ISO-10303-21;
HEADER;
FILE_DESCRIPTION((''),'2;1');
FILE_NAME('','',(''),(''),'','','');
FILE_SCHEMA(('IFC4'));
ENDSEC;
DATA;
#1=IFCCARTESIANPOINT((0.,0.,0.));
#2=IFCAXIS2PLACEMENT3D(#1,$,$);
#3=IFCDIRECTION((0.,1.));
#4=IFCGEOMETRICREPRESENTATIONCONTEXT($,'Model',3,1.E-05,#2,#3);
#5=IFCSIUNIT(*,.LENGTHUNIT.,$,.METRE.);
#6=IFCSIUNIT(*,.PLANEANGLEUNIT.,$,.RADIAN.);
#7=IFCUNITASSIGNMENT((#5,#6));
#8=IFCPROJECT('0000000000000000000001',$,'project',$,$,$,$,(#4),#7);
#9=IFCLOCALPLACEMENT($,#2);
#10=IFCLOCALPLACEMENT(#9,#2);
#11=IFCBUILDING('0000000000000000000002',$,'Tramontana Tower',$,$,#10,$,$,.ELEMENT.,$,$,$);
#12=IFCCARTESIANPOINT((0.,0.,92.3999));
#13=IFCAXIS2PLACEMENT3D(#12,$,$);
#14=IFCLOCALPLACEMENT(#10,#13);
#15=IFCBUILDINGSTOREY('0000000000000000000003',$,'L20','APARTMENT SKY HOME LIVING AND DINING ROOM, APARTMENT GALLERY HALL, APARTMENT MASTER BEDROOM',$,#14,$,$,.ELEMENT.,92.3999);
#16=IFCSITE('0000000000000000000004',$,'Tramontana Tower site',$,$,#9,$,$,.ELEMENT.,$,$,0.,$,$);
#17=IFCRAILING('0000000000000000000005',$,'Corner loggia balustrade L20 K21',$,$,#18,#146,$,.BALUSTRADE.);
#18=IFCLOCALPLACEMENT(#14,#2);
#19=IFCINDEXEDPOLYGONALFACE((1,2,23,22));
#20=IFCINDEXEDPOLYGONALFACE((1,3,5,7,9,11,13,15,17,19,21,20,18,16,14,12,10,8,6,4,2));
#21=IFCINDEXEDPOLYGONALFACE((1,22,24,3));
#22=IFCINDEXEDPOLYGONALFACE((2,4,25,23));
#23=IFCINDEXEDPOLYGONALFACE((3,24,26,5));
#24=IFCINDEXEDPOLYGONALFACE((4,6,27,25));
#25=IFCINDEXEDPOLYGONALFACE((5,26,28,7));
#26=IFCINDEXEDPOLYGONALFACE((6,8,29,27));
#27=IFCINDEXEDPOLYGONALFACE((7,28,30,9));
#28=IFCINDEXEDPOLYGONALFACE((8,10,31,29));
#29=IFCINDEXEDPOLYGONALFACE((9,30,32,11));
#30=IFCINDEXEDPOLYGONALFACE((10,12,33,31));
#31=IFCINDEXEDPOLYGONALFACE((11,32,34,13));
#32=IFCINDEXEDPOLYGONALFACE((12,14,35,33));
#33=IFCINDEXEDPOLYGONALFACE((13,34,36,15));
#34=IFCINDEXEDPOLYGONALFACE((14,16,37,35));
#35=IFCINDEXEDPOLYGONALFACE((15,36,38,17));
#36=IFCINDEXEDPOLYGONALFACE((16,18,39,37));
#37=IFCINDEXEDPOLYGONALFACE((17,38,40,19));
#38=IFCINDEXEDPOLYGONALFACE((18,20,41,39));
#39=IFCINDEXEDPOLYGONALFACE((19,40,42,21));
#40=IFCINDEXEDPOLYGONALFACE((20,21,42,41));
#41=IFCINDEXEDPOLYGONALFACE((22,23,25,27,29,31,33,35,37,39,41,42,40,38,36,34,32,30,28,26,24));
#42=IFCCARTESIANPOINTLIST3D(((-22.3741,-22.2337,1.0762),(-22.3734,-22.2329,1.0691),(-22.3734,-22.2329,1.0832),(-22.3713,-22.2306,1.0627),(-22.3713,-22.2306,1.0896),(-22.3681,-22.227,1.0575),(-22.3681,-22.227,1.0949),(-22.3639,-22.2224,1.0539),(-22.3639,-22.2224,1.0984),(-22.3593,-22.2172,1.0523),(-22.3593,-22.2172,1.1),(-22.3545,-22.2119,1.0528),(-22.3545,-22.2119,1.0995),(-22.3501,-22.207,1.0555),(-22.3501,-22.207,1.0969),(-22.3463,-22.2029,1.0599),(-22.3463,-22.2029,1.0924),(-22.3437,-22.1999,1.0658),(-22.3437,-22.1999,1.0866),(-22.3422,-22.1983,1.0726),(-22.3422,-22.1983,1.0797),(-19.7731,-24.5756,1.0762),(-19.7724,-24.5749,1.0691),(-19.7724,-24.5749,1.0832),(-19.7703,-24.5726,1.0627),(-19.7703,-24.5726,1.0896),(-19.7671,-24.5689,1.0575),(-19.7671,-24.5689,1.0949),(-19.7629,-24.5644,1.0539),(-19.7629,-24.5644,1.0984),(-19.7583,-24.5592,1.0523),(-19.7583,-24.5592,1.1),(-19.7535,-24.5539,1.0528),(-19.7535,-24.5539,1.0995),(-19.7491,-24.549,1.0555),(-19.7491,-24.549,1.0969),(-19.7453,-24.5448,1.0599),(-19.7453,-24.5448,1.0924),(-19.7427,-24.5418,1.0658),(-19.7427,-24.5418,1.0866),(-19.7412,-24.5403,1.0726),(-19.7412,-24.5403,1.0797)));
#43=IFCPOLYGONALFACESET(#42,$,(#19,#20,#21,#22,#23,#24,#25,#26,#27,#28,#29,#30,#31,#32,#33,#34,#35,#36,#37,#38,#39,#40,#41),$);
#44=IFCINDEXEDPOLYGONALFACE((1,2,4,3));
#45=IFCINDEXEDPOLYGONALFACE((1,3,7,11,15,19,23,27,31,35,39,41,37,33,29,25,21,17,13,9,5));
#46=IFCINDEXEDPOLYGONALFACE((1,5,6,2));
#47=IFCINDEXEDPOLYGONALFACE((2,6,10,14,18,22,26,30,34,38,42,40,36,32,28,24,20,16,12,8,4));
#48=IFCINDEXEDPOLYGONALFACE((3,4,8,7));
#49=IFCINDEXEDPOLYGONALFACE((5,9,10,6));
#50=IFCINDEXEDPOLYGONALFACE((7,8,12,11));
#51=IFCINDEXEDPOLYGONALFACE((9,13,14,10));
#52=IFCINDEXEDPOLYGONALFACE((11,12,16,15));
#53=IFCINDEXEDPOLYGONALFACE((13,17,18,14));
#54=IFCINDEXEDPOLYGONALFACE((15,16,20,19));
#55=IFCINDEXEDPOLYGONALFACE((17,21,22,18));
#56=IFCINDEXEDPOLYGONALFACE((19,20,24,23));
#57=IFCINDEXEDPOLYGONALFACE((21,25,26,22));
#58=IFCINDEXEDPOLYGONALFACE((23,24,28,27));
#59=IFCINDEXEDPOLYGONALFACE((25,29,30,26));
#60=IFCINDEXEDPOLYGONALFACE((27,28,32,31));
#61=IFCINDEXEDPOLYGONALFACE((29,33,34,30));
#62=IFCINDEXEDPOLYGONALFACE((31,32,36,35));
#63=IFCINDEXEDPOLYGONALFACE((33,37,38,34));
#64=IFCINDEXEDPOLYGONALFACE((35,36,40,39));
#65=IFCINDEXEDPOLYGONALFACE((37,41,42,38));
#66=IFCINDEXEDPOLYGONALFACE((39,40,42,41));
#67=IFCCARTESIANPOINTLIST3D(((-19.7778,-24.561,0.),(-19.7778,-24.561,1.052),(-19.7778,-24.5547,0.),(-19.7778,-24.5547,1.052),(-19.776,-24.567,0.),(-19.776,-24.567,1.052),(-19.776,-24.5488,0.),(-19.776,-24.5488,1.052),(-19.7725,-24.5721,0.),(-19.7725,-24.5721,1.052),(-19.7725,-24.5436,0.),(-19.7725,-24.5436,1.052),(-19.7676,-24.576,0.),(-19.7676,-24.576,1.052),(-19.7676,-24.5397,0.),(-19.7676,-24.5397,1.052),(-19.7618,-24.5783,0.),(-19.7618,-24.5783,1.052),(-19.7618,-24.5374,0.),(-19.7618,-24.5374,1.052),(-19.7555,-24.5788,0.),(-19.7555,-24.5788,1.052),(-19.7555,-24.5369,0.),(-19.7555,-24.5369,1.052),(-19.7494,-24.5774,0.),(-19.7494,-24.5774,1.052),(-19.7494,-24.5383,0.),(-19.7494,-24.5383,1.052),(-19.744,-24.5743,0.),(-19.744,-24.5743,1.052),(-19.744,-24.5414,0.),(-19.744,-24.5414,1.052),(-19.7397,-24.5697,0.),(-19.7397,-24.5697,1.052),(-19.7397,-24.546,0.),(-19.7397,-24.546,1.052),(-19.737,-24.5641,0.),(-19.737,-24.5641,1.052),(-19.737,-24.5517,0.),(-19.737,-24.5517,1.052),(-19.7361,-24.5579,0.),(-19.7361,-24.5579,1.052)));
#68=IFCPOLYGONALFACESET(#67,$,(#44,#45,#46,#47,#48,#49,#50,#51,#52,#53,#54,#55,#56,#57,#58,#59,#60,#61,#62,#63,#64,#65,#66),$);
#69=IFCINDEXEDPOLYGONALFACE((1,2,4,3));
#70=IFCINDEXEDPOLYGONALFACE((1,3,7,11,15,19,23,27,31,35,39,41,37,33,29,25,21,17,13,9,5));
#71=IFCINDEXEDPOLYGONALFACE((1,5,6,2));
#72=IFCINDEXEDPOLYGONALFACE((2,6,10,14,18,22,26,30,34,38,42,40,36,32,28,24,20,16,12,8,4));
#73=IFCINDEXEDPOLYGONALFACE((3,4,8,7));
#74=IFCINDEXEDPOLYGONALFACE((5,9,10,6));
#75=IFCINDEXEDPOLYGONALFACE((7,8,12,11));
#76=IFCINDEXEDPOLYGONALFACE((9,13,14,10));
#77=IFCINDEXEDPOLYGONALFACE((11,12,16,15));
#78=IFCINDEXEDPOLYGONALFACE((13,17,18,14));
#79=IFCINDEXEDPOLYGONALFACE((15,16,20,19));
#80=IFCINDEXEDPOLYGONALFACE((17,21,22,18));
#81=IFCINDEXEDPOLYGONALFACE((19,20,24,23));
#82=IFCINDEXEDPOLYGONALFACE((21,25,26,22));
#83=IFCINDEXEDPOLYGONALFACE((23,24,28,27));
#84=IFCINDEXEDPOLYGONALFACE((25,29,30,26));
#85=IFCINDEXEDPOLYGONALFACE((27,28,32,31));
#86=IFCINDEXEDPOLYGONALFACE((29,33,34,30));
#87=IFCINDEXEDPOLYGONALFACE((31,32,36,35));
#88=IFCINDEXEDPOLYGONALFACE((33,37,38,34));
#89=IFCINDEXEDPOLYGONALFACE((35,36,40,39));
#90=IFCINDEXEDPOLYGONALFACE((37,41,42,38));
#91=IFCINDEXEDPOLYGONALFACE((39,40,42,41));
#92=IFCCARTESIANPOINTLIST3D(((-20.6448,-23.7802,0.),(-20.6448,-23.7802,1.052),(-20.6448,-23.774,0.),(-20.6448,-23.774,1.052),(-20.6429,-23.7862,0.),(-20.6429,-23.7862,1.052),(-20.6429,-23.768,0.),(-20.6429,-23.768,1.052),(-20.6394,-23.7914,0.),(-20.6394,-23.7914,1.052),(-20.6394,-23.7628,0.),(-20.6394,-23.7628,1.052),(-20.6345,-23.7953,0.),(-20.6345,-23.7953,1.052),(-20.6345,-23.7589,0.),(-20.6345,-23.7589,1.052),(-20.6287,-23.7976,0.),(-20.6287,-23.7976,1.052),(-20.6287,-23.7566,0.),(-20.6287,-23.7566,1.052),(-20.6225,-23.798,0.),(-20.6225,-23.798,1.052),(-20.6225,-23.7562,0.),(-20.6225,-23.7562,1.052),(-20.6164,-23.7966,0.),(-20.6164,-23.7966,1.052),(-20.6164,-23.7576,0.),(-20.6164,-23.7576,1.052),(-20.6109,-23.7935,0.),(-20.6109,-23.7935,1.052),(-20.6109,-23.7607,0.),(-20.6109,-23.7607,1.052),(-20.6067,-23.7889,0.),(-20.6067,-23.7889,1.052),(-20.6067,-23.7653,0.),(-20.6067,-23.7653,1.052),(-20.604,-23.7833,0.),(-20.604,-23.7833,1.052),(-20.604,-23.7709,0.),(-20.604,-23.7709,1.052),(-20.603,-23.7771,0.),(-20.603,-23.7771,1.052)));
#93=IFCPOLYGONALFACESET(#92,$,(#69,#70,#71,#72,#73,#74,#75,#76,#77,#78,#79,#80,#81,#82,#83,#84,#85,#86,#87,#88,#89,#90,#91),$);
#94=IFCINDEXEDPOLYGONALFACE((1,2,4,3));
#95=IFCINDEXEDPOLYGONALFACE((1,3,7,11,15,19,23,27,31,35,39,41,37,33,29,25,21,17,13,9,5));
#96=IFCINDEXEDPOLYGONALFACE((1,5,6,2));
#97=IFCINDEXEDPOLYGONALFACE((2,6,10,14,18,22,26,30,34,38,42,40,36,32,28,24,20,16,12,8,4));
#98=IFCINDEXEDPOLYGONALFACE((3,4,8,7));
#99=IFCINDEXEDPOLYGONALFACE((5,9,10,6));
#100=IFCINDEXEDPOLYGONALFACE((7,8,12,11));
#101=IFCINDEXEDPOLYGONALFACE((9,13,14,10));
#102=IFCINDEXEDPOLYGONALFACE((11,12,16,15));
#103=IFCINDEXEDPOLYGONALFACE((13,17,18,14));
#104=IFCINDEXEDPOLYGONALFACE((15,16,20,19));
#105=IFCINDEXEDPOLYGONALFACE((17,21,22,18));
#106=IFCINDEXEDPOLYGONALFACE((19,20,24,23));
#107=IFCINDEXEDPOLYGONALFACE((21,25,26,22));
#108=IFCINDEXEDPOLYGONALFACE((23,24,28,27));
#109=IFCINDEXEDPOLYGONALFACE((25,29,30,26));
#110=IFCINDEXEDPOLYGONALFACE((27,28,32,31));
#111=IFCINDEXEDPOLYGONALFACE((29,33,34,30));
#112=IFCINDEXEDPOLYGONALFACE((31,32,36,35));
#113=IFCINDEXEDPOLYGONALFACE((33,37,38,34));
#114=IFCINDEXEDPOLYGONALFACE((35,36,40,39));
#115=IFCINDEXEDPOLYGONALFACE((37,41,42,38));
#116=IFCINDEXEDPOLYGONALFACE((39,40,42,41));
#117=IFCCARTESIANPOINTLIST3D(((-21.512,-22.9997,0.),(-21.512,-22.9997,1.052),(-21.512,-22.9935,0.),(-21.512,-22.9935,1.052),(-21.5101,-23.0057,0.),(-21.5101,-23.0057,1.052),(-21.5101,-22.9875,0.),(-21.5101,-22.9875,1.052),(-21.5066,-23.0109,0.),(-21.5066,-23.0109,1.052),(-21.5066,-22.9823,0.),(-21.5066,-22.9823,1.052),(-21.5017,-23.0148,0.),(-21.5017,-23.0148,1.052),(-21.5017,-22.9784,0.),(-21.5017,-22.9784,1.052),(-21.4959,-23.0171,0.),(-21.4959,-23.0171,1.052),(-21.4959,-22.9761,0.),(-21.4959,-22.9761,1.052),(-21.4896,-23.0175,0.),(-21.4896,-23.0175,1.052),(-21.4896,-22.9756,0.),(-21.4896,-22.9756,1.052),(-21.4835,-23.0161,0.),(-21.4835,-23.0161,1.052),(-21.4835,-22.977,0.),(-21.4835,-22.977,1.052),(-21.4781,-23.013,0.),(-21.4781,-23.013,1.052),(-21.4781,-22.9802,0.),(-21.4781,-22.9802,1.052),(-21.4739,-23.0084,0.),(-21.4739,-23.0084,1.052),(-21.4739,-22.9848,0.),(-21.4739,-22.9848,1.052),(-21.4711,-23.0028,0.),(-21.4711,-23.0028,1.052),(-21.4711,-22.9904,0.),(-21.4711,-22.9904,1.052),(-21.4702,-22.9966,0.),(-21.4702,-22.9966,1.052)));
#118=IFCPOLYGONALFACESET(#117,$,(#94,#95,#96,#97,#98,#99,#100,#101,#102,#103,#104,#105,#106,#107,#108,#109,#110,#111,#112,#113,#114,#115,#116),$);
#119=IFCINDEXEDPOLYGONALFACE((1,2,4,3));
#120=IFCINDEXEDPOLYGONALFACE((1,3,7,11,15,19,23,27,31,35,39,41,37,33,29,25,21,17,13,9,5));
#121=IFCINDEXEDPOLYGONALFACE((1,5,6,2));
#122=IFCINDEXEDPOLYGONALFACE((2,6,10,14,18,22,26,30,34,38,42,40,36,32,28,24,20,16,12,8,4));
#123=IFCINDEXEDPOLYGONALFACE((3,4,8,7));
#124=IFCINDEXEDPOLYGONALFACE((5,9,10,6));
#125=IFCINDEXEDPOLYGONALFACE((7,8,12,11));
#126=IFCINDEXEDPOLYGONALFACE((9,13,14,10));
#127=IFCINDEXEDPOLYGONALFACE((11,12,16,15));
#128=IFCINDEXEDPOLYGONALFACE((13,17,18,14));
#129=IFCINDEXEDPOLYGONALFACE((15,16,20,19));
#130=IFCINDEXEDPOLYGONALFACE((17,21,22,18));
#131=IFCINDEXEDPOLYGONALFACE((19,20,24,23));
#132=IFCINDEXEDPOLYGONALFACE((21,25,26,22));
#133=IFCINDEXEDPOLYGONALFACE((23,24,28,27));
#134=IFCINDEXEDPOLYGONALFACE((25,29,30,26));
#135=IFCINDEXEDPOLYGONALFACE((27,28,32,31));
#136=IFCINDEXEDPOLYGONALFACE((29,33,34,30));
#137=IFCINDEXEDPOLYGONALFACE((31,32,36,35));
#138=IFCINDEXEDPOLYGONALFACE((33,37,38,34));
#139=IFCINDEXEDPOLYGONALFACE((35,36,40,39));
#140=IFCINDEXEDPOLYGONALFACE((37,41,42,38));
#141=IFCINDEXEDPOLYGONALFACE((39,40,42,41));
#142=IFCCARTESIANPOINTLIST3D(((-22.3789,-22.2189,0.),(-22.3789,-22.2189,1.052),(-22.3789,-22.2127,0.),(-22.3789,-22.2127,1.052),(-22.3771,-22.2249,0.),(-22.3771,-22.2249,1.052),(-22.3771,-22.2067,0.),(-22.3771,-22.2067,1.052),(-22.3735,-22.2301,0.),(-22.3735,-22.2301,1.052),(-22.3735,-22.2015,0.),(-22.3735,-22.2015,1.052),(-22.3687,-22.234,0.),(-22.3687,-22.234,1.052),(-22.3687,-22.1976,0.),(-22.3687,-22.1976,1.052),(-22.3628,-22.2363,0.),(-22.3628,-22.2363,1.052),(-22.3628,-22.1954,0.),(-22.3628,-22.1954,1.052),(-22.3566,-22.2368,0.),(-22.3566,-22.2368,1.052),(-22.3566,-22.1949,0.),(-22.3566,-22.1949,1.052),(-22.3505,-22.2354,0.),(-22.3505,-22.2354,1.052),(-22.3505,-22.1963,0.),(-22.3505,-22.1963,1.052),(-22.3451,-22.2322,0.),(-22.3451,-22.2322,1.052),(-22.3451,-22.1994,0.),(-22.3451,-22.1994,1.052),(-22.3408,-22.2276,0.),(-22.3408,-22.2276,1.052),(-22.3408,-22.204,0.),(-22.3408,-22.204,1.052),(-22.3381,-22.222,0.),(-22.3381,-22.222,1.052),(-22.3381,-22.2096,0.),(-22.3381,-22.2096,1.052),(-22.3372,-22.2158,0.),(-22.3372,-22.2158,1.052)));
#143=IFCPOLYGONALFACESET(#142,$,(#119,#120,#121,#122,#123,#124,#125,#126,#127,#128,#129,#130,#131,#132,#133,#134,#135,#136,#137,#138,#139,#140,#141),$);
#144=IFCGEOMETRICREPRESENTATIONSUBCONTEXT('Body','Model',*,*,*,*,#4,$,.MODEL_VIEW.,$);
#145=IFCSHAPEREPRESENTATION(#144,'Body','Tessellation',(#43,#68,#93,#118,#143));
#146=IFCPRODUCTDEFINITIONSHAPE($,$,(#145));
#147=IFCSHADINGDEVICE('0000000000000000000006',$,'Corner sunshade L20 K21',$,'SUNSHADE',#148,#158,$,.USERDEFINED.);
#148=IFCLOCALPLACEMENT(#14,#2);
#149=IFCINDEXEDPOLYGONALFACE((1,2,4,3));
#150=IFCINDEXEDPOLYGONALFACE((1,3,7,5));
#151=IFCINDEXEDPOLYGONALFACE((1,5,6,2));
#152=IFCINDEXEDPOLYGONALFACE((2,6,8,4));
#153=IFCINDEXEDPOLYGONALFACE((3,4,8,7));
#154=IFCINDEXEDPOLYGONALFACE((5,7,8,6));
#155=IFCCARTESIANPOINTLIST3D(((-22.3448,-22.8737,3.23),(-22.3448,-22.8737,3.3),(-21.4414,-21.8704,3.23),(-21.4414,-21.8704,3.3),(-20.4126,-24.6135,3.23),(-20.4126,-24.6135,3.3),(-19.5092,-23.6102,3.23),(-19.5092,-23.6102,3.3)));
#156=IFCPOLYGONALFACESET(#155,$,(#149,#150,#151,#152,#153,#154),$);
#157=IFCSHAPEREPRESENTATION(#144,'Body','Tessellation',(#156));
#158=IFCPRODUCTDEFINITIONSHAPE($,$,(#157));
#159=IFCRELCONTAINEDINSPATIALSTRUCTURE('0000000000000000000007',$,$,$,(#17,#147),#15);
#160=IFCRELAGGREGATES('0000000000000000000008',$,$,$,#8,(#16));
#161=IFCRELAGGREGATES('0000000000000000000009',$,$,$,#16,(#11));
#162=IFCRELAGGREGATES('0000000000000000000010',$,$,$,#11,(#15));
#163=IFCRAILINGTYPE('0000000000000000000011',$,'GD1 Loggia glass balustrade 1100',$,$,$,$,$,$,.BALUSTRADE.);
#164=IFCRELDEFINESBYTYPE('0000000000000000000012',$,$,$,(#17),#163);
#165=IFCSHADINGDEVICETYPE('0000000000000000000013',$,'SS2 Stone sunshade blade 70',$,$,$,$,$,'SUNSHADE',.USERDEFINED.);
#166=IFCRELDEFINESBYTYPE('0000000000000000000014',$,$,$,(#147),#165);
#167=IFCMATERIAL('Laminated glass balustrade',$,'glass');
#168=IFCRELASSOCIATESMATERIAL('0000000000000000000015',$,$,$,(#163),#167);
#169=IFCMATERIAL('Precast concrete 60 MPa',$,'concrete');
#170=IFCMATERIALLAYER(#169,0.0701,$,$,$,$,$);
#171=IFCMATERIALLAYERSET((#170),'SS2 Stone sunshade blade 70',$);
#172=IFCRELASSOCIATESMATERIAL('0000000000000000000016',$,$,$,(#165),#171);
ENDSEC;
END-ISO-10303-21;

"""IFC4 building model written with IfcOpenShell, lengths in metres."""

from ifc_helpers import new_model, si_unit, direction, frame, origin, origin_2d, place, context, subcontext, project, spatial, rectangle, circle, extrude, material, layer, layer_set, type_object, element, save


model = new_model("IFC4")

# Units and contexts
model_context = context("Model", 3, precision=1e-05, world=origin(), true_north=direction((0.0, 1.0)))
body_context = subcontext(model_context, "Body", "Model", "MODEL_VIEW")
ifc_project = project(units=[si_unit("LENGTHUNIT", "METRE"), si_unit("PLANEANGLEUNIT", "RADIAN")], contexts=[model_context])

# Site, building, storey
site_placement = place(None, origin())
site = spatial("IfcSite", under=ifc_project, at=site_placement, Name="Tramontana Tower site", CompositionType="ELEMENT", RefElevation=0.0)
building_placement = place(site_placement, origin())
building = spatial("IfcBuilding", under=site, at=building_placement, Name="Tramontana Tower", CompositionType="ELEMENT")
storey_placement = place(building_placement, frame((0.0, 0.0, 92.3999)))
storey = spatial("IfcBuildingStorey", under=building, at=storey_placement, Name="L20", Description="APARTMENT SKY HOME LIVING AND DINING ROOM, APARTMENT GALLERY HALL, APARTMENT MASTER BEDROOM", CompositionType="ELEMENT", Elevation=92.3999)

# Railing
ifc_material_1 = material(Name="Laminated glass balustrade", Category="glass")
railing_type = type_object("IfcRailingType", Name="GD1 Loggia glass balustrade 1100", PredefinedType="BALUSTRADE", material=ifc_material_1)
railing_1_placement = place(storey_placement, frame((-19.7571, -24.5579, 0.0)))
element("IfcRailing", 1, at=railing_1_placement, inside=storey, type_object=railing_type, Name="Corner loggia balustrade L20 K21", PredefinedType="BALUSTRADE", context=body_context, shape_type="SweptSolid", body=[
    extrude(circle(Radius=0.0239, at=origin_2d()), frame((0.0, 0.0, 1.0762), z_axis=(-0.743142, 0.669134, 0.0), x_axis=(-0.669134, -0.743142, 0.0)), (0.0, 0.0, 1.0), 3.5),
    extrude(circle(Radius=0.021, at=origin_2d()), origin(), (0.0, 0.0, 1.0), 1.052),
    extrude(circle(Radius=0.021, at=origin_2d()), frame((-0.8669, 0.7808, 0.0)), (0.0, 0.0, 1.0), 1.052),
    extrude(circle(Radius=0.021, at=origin_2d()), frame((-1.7341, 1.5613, 0.0)), (0.0, 0.0, 1.0), 1.052),
    extrude(circle(Radius=0.021, at=origin_2d()), frame((-2.6011, 2.342, 0.0)), (0.0, 0.0, 1.0), 1.052),
])

# Shading device
ifc_material_2 = material(Name="Precast concrete 60 MPa", Category="concrete")
ifc_layer_1 = layer(ifc_material_2, 0.0701)
ifc_layer_set_1 = layer_set([ifc_layer_1], Name="SS2 Stone sunshade blade 70")
shading_device_type = type_object("IfcShadingDeviceType", Name="SS2 Stone sunshade blade 70", ElementType="SUNSHADE", PredefinedType="USERDEFINED", material=ifc_layer_set_1)
shading_device_placement = place(storey_placement, frame((-20.927, -23.2419, 3.23), z_axis=(0.0, 0.0, 1.0), x_axis=(-0.743145, 0.669131, 0.0)))
element("IfcShadingDevice", 2, at=shading_device_placement, inside=storey, type_object=shading_device_type, Name="Corner sunshade L20 K21", ObjectType="SUNSHADE", PredefinedType="USERDEFINED", context=body_context, shape_type="SweptSolid", body=[
    extrude(rectangle(XDim=2.6001, YDim=1.3501, at=origin_2d()), origin(), (0.0, 0.0, 1.0), 0.0701),
])

save(model, "model.ifc")
